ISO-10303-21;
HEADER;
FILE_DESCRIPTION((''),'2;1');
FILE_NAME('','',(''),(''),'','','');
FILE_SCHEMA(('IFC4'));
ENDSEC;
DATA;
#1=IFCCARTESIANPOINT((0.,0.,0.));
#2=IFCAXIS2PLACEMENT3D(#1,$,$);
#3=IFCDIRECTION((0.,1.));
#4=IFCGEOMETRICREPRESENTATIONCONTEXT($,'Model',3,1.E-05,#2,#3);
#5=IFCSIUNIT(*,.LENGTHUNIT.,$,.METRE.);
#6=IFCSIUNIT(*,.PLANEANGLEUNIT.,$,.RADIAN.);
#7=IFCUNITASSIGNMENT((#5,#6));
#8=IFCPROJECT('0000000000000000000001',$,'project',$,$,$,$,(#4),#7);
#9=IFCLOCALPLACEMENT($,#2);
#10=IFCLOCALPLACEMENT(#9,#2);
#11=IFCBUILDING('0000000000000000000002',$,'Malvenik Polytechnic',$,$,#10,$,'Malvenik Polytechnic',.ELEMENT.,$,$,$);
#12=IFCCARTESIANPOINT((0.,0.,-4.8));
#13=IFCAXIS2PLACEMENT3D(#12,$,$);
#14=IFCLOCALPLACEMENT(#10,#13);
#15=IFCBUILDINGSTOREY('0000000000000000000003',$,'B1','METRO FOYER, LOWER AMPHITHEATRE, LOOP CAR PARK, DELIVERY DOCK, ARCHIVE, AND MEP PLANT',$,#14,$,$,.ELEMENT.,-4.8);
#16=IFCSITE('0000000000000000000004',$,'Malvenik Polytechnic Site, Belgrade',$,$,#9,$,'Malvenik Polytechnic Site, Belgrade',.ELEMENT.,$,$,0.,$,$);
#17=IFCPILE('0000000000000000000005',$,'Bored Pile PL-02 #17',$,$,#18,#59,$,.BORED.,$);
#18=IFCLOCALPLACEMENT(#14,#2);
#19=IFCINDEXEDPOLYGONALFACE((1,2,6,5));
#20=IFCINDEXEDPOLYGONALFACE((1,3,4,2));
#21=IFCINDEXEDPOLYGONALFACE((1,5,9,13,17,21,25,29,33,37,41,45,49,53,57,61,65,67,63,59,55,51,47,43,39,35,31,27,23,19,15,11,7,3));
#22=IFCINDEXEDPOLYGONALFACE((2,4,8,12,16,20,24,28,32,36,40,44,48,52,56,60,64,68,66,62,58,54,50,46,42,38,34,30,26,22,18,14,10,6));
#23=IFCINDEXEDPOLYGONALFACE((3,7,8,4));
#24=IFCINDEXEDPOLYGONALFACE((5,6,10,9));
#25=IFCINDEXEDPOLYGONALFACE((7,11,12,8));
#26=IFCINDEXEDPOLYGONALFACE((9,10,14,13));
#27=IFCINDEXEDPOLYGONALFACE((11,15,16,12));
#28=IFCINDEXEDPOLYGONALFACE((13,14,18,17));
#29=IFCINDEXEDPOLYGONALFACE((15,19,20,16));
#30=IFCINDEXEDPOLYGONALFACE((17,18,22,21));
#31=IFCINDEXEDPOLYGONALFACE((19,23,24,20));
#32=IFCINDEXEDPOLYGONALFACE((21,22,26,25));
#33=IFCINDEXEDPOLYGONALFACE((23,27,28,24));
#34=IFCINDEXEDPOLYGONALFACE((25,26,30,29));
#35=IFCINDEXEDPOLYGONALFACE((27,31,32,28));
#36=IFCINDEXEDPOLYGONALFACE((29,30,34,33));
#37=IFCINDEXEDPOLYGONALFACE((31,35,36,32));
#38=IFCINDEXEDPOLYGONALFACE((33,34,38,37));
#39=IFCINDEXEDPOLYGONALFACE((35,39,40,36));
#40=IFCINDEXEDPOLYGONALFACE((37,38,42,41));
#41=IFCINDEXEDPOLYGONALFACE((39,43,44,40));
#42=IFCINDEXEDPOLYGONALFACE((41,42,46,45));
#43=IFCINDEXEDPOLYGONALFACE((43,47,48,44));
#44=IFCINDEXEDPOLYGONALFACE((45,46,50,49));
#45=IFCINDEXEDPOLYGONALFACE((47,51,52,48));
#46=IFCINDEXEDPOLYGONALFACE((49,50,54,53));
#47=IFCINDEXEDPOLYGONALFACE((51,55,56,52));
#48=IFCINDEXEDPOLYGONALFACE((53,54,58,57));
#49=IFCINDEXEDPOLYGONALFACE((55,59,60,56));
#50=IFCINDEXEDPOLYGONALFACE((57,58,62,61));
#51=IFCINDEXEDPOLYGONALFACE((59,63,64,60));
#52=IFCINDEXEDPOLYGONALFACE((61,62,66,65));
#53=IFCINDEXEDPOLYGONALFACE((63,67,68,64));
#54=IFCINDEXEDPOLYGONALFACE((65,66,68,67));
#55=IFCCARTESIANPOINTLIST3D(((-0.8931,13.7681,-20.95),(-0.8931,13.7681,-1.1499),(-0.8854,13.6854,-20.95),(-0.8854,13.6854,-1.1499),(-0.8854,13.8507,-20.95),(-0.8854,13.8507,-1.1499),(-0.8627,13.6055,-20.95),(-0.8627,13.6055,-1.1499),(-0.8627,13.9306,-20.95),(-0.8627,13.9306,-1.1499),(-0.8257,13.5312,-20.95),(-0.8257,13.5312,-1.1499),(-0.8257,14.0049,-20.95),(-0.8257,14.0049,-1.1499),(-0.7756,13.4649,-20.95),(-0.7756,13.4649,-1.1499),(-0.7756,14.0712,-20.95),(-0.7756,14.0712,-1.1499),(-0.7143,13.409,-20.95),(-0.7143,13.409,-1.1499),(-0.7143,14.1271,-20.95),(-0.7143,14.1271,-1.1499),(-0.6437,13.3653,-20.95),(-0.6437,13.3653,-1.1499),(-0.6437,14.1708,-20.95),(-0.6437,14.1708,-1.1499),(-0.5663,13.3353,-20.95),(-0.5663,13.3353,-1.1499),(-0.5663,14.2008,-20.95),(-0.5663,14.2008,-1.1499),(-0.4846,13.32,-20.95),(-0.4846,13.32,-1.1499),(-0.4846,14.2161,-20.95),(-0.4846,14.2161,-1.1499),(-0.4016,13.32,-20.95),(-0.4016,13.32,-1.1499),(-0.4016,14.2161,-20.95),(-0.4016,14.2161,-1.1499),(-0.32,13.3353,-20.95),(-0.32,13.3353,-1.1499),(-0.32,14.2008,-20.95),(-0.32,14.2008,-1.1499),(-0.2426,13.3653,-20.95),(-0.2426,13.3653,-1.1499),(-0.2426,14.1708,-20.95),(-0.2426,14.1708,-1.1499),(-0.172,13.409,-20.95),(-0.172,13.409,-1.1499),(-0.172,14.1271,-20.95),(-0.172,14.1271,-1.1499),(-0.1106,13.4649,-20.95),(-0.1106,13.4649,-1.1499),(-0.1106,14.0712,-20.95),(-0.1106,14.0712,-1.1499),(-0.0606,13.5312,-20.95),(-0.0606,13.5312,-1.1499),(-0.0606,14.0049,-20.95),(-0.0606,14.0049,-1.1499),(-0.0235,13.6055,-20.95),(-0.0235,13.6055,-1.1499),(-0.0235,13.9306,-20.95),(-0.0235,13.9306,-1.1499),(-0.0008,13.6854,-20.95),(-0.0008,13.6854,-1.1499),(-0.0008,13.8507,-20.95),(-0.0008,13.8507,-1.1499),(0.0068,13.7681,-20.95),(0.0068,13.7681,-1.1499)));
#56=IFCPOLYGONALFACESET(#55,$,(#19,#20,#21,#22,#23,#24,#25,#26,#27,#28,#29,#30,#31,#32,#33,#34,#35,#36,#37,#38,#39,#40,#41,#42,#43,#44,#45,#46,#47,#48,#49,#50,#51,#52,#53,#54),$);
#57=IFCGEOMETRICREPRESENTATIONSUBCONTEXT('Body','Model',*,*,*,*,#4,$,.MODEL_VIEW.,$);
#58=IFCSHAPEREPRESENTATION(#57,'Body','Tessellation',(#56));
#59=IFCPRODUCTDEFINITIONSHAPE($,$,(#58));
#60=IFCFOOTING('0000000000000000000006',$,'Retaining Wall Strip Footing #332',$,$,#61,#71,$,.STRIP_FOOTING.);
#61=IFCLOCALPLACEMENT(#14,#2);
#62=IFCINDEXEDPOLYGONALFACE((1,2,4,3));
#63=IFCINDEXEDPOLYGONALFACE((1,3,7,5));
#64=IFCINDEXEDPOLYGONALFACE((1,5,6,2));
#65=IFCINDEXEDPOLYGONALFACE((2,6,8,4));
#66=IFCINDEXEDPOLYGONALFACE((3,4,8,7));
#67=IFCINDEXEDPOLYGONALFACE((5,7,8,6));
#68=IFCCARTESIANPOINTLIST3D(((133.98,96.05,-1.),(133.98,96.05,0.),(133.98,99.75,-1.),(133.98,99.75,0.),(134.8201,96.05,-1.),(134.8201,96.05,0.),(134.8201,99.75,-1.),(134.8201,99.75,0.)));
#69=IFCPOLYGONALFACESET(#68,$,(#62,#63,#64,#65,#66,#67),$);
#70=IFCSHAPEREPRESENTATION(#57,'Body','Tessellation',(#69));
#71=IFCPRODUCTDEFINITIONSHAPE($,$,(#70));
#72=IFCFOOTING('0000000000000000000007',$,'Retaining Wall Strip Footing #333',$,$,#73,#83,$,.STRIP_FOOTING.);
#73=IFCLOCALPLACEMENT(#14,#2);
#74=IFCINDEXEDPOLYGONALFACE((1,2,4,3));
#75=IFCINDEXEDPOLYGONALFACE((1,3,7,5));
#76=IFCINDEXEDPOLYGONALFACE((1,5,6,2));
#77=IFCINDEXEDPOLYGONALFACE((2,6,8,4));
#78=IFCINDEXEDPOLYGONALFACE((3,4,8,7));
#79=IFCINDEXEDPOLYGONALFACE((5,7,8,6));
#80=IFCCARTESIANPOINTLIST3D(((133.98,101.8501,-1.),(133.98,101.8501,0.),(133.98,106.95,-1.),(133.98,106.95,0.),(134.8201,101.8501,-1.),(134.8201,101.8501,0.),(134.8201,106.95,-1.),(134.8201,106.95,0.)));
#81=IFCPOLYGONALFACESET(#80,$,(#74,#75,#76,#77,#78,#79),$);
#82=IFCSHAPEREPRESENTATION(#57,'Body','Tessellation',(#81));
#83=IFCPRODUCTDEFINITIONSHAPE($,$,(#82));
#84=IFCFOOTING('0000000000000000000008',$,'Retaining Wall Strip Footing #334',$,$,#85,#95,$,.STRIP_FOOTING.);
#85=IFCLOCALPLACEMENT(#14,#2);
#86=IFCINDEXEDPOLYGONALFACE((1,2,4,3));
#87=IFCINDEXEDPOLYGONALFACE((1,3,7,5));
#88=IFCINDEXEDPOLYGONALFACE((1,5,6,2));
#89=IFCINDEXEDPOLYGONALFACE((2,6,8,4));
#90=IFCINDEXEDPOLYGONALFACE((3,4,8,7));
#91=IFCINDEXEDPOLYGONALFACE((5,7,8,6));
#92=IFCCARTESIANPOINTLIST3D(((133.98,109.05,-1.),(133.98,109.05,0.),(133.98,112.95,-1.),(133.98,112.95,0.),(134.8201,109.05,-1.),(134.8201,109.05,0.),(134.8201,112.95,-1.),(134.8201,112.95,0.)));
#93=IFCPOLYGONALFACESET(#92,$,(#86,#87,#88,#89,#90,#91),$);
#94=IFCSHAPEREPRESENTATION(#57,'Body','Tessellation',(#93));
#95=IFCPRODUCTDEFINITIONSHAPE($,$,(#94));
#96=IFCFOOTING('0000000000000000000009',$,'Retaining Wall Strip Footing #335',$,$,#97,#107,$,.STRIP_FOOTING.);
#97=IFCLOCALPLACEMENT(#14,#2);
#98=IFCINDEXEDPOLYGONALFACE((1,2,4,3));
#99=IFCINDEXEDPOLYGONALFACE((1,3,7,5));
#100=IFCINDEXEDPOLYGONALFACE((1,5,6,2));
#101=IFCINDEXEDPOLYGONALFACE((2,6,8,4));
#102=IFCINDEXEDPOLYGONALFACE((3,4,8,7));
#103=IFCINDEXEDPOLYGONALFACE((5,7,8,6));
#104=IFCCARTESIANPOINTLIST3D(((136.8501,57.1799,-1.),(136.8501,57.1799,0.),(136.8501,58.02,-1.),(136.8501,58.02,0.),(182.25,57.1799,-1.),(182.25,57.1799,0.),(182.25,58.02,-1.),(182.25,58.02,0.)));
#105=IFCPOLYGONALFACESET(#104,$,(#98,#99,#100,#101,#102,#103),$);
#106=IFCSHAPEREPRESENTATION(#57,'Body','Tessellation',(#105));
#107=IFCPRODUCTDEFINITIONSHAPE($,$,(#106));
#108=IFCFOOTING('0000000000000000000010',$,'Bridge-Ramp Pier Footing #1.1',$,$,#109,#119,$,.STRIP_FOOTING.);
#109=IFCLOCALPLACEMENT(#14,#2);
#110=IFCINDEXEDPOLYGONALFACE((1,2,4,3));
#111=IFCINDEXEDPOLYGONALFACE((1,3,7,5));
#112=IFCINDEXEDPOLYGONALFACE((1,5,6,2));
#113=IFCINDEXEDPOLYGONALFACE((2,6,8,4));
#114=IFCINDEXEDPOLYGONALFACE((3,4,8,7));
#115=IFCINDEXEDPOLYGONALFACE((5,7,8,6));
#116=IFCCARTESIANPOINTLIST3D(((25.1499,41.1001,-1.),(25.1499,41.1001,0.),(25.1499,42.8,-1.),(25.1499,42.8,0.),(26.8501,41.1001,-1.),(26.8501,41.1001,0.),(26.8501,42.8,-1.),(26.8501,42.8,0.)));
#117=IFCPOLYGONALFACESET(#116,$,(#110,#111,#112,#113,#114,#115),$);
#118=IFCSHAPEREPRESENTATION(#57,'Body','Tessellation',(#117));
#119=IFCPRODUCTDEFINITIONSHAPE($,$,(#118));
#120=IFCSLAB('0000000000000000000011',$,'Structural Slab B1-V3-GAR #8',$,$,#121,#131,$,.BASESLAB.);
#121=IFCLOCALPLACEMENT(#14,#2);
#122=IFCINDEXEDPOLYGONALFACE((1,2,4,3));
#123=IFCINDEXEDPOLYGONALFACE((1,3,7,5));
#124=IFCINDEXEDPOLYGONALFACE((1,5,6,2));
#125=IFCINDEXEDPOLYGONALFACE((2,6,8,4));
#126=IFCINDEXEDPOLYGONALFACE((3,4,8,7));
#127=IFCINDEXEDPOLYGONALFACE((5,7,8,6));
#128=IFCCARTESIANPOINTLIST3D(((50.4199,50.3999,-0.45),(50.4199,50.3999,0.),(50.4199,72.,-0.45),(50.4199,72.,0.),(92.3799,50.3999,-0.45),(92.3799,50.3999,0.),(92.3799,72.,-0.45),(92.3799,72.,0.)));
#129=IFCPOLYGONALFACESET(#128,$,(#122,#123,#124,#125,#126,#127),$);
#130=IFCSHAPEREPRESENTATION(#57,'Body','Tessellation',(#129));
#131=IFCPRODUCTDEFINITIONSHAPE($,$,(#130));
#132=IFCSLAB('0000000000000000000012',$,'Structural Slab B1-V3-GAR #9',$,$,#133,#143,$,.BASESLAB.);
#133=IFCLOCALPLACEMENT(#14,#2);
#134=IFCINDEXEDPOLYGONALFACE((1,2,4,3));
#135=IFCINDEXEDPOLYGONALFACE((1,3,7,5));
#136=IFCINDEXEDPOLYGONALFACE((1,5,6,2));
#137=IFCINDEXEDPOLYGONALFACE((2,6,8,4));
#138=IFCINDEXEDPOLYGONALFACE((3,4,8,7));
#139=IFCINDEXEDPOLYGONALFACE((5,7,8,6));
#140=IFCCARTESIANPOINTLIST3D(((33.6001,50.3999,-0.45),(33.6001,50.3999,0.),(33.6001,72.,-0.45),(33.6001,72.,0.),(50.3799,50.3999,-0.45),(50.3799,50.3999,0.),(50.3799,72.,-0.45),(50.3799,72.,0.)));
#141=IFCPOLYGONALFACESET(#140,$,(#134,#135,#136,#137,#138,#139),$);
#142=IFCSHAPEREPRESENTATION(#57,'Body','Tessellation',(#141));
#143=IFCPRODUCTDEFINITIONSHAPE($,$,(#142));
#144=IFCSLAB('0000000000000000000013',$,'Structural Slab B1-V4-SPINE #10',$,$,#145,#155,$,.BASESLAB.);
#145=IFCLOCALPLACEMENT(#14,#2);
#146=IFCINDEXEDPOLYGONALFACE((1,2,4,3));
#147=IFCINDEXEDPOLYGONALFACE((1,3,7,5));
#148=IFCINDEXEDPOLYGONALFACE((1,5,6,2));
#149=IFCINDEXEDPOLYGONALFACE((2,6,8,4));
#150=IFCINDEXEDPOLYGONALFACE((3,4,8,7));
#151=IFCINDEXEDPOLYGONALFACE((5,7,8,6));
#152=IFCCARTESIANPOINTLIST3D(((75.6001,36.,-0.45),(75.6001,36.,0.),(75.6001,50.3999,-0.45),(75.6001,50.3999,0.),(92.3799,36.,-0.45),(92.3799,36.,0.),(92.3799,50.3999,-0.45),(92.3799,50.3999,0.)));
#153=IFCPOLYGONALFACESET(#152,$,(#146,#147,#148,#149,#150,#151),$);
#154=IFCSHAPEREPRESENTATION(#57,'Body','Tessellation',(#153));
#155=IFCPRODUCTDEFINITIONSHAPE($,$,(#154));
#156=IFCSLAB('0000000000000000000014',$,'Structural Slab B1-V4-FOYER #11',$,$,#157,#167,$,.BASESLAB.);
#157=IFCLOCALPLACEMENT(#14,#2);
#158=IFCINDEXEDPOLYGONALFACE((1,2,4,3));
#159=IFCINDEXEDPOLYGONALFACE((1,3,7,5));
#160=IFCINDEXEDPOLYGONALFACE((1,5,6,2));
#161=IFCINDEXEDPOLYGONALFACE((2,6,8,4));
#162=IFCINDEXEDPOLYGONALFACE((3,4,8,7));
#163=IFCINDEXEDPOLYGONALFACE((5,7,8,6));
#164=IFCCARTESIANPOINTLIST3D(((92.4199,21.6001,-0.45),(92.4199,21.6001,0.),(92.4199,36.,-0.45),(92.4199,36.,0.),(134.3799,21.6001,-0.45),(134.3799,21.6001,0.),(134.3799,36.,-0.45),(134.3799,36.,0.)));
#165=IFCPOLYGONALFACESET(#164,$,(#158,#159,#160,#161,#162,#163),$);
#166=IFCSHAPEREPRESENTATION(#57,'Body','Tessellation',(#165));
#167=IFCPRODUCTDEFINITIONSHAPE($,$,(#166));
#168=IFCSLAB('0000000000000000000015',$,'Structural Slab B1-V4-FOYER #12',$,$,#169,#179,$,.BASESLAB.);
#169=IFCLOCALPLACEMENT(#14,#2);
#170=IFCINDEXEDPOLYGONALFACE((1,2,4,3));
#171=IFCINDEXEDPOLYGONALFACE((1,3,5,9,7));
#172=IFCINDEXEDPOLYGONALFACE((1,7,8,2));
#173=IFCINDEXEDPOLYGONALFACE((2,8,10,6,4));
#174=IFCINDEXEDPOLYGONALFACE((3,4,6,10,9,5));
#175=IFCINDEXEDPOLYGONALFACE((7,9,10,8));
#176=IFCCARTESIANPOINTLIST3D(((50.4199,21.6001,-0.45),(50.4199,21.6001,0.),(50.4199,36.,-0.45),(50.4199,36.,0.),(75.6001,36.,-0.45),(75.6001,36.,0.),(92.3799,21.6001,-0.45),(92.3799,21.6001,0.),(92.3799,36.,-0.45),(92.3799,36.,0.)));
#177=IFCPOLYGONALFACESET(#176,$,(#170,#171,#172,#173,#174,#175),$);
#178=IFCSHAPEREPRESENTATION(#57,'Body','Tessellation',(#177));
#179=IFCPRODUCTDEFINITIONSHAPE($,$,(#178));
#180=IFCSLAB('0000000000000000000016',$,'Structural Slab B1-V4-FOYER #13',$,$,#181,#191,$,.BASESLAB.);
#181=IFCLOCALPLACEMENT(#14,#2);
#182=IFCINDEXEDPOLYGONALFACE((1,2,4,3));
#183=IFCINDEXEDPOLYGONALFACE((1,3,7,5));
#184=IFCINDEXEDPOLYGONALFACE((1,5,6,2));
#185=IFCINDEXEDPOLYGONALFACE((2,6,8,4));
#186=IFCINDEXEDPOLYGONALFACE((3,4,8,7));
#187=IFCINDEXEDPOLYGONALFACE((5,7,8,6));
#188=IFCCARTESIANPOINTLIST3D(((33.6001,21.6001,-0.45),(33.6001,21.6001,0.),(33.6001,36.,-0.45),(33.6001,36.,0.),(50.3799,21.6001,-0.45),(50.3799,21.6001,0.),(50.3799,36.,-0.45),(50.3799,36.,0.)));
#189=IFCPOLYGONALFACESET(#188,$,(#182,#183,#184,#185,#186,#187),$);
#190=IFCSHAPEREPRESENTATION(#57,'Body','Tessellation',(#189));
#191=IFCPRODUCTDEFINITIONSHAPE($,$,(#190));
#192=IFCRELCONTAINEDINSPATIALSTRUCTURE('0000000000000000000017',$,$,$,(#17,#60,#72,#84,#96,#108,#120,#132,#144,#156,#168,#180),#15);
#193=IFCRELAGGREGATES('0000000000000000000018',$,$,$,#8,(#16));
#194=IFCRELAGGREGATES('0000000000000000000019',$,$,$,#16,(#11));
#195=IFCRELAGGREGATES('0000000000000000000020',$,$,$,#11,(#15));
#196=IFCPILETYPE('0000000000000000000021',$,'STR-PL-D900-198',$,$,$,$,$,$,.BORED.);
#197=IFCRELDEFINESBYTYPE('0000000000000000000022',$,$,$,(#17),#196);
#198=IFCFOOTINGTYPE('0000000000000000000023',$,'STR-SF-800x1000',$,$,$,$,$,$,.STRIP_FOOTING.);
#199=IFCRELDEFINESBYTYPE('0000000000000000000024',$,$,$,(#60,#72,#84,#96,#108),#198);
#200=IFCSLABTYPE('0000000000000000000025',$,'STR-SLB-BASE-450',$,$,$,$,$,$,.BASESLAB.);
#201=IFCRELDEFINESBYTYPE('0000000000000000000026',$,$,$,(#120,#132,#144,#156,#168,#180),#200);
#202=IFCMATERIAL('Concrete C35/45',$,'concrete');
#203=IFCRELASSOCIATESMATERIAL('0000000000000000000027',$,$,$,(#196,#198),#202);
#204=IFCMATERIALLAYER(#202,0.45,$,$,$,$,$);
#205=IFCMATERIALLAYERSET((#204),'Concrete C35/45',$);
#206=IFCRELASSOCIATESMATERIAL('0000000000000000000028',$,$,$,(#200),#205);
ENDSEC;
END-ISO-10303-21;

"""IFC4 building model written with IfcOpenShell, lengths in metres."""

from ifc_helpers import new_model, si_unit, direction, frame, origin, origin_2d, place, context, subcontext, project, spatial, polyline, circle, outline, extrude, material, layer, layer_set, material_profile, profile_set, type_object, element, save


model = new_model("IFC4")

# Units and contexts
model_context = context("Model", 3, precision=1e-05, world=origin(), true_north=direction((0.0, 1.0)))
body_context = subcontext(model_context, "Body", "Model", "MODEL_VIEW")
ifc_project = project(units=[si_unit("LENGTHUNIT", "METRE"), si_unit("PLANEANGLEUNIT", "RADIAN")], contexts=[model_context])

# Site, building, storey
site_placement = place(None, origin())
site = spatial("IfcSite", under=ifc_project, at=site_placement, Name="Malvenik Polytechnic Site, Belgrade", LongName="Malvenik Polytechnic Site, Belgrade", CompositionType="ELEMENT", RefElevation=0.0)
building_placement = place(site_placement, origin())
building = spatial("IfcBuilding", under=site, at=building_placement, Name="Malvenik Polytechnic", LongName="Malvenik Polytechnic", CompositionType="ELEMENT")
storey_placement = place(building_placement, frame((0.0, 0.0, -4.8)))
storey = spatial("IfcBuildingStorey", under=building, at=storey_placement, Name="B1", Description="METRO FOYER, LOWER AMPHITHEATRE, LOOP CAR PARK, DELIVERY DOCK, ARCHIVE, AND MEP PLANT", CompositionType="ELEMENT", Elevation=-4.8)

# Pile
ifc_material = material(Name="Concrete C35/45", Category="concrete")
ifc_material_profile = material_profile(ifc_material, circle(Radius=0.45, at=origin_2d()), Name="BORED PILE D900")
ifc_profile_set = profile_set([ifc_material_profile], Name="Concrete C35/45")
pile_type = type_object("IfcPileType", Name="STR-PL-D900-198", PredefinedType="BORED", material=ifc_profile_set)
pile_placement = place(storey_placement, frame((-0.4431, 13.7681, -1.1499), z_axis=(0.0, 0.0, -1.0), x_axis=(1.0, 0.0, 0.0)))
element("IfcPile", 1, at=pile_placement, inside=storey, type_object=pile_type, Name="Bored Pile PL-02 #17", PredefinedType="BORED", context=body_context, shape_type="SweptSolid", body=[
    extrude(circle(Radius=0.45, at=origin_2d()), origin(), (0.0, 0.0, 1.0), 19.8),
])

# Footings
footing_type = type_object("IfcFootingType", Name="STR-SF-800x1000", PredefinedType="STRIP_FOOTING", material=ifc_material)
footing_1_placement = place(storey_placement, frame((0.0, 0.0, -1.0)))
element("IfcFooting", 2, at=footing_1_placement, inside=storey, type_object=footing_type, Name="Retaining Wall Strip Footing #332", PredefinedType="STRIP_FOOTING", context=body_context, shape_type="SweptSolid", body=[
    extrude(outline(polyline([(134.8201, 96.05), (133.98, 96.05), (133.98, 99.75), (134.8201, 99.75), (134.8201, 96.05)])), origin(), (0.0, 0.0, 1.0), 1.0),
])
footing_2_placement = place(storey_placement, frame((0.0, 0.0, -1.0)))
element("IfcFooting", 3, at=footing_2_placement, inside=storey, type_object=footing_type, Name="Retaining Wall Strip Footing #333", PredefinedType="STRIP_FOOTING", context=body_context, shape_type="SweptSolid", body=[
    extrude(outline(polyline([(134.8201, 101.8501), (133.98, 101.8501), (133.98, 106.95), (134.8201, 106.95), (134.8201, 101.8501)])), origin(), (0.0, 0.0, 1.0), 1.0),
])
footing_3_placement = place(storey_placement, frame((0.0, 0.0, -1.0)))
element("IfcFooting", 4, at=footing_3_placement, inside=storey, type_object=footing_type, Name="Retaining Wall Strip Footing #334", PredefinedType="STRIP_FOOTING", context=body_context, shape_type="SweptSolid", body=[
    extrude(outline(polyline([(134.8201, 109.05), (133.98, 109.05), (133.98, 112.95), (134.8201, 112.95), (134.8201, 109.05)])), origin(), (0.0, 0.0, 1.0), 1.0),
])
footing_4_placement = place(storey_placement, frame((0.0, 0.0, -1.0)))
element("IfcFooting", 5, at=footing_4_placement, inside=storey, type_object=footing_type, Name="Retaining Wall Strip Footing #335", PredefinedType="STRIP_FOOTING", context=body_context, shape_type="SweptSolid", body=[
    extrude(outline(polyline([(136.8501, 57.1799), (136.8501, 58.02), (182.25, 58.02), (182.25, 57.1799), (136.8501, 57.1799)])), origin(), (0.0, 0.0, 1.0), 1.0),
])
footing_5_placement = place(storey_placement, frame((0.0, 0.0, -1.0)))
element("IfcFooting", 6, at=footing_5_placement, inside=storey, type_object=footing_type, Name="Bridge-Ramp Pier Footing #1.1", PredefinedType="STRIP_FOOTING", context=body_context, shape_type="SweptSolid", body=[
    extrude(outline(polyline([(25.1499, 41.1001), (25.1499, 42.8), (26.8501, 42.8), (26.8501, 41.1001), (25.1499, 41.1001)])), origin(), (0.0, 0.0, 1.0), 1.0),
])

# Slabs
ifc_layer_1 = layer(ifc_material, 0.45)
ifc_layer_set_1 = layer_set([ifc_layer_1], Name="Concrete C35/45")
slab_type_1 = type_object("IfcSlabType", Name="STR-SLB-BASE-450", PredefinedType="BASESLAB", material=ifc_layer_set_1)
slab_1_placement = place(storey_placement, frame((0.0, 0.0, -0.45)))
element("IfcSlab", 7, at=slab_1_placement, inside=storey, type_object=slab_type_1, Name="Structural Slab B1-V3-GAR #8", PredefinedType="BASESLAB", context=body_context, shape_type="SweptSolid", body=[
    extrude(outline(polyline([(50.4199, 50.3999), (50.4199, 72.0), (92.3799, 72.0), (92.3799, 50.3999), (50.4199, 50.3999)])), origin(), (0.0, 0.0, 1.0), 0.45),
])
slab_2_placement = place(storey_placement, frame((0.0, 0.0, -0.45)))
element("IfcSlab", 8, at=slab_2_placement, inside=storey, type_object=slab_type_1, Name="Structural Slab B1-V3-GAR #9", PredefinedType="BASESLAB", context=body_context, shape_type="SweptSolid", body=[
    extrude(outline(polyline([(33.6001, 50.3999), (33.6001, 72.0), (50.3799, 72.0), (50.3799, 50.3999), (33.6001, 50.3999)])), origin(), (0.0, 0.0, 1.0), 0.45),
])
slab_3_placement = place(storey_placement, frame((0.0, 0.0, -0.45)))
element("IfcSlab", 9, at=slab_3_placement, inside=storey, type_object=slab_type_1, Name="Structural Slab B1-V4-SPINE #10", PredefinedType="BASESLAB", context=body_context, shape_type="SweptSolid", body=[
    extrude(outline(polyline([(75.6001, 50.3999), (92.3799, 50.3999), (92.3799, 36.0), (75.6001, 36.0), (75.6001, 50.3999)])), origin(), (0.0, 0.0, 1.0), 0.45),
])
slab_4_placement = place(storey_placement, frame((0.0, 0.0, -0.45)))
element("IfcSlab", 10, at=slab_4_placement, inside=storey, type_object=slab_type_1, Name="Structural Slab B1-V4-FOYER #11", PredefinedType="BASESLAB", context=body_context, shape_type="SweptSolid", body=[
    extrude(outline(polyline([(92.4199, 21.6001), (92.4199, 36.0), (134.3799, 36.0), (134.3799, 21.6001), (92.4199, 21.6001)])), origin(), (0.0, 0.0, 1.0), 0.45),
])
slab_5_placement = place(storey_placement, frame((0.0, 0.0, -0.45)))
element("IfcSlab", 11, at=slab_5_placement, inside=storey, type_object=slab_type_1, Name="Structural Slab B1-V4-FOYER #12", PredefinedType="BASESLAB", context=body_context, shape_type="SweptSolid", body=[
    extrude(outline(polyline([(50.4199, 21.6001), (50.4199, 36.0), (75.6001, 36.0), (92.3799, 36.0), (92.3799, 21.6001), (50.4199, 21.6001)])), origin(), (0.0, 0.0, 1.0), 0.45),
])
slab_6_placement = place(storey_placement, frame((0.0, 0.0, -0.45)))
element("IfcSlab", 12, at=slab_6_placement, inside=storey, type_object=slab_type_1, Name="Structural Slab B1-V4-FOYER #13", PredefinedType="BASESLAB", context=body_context, shape_type="SweptSolid", body=[
    extrude(outline(polyline([(33.6001, 21.6001), (33.6001, 36.0), (50.3799, 36.0), (50.3799, 21.6001), (33.6001, 21.6001)])), origin(), (0.0, 0.0, 1.0), 0.45),
])

save(model, "model.ifc")
